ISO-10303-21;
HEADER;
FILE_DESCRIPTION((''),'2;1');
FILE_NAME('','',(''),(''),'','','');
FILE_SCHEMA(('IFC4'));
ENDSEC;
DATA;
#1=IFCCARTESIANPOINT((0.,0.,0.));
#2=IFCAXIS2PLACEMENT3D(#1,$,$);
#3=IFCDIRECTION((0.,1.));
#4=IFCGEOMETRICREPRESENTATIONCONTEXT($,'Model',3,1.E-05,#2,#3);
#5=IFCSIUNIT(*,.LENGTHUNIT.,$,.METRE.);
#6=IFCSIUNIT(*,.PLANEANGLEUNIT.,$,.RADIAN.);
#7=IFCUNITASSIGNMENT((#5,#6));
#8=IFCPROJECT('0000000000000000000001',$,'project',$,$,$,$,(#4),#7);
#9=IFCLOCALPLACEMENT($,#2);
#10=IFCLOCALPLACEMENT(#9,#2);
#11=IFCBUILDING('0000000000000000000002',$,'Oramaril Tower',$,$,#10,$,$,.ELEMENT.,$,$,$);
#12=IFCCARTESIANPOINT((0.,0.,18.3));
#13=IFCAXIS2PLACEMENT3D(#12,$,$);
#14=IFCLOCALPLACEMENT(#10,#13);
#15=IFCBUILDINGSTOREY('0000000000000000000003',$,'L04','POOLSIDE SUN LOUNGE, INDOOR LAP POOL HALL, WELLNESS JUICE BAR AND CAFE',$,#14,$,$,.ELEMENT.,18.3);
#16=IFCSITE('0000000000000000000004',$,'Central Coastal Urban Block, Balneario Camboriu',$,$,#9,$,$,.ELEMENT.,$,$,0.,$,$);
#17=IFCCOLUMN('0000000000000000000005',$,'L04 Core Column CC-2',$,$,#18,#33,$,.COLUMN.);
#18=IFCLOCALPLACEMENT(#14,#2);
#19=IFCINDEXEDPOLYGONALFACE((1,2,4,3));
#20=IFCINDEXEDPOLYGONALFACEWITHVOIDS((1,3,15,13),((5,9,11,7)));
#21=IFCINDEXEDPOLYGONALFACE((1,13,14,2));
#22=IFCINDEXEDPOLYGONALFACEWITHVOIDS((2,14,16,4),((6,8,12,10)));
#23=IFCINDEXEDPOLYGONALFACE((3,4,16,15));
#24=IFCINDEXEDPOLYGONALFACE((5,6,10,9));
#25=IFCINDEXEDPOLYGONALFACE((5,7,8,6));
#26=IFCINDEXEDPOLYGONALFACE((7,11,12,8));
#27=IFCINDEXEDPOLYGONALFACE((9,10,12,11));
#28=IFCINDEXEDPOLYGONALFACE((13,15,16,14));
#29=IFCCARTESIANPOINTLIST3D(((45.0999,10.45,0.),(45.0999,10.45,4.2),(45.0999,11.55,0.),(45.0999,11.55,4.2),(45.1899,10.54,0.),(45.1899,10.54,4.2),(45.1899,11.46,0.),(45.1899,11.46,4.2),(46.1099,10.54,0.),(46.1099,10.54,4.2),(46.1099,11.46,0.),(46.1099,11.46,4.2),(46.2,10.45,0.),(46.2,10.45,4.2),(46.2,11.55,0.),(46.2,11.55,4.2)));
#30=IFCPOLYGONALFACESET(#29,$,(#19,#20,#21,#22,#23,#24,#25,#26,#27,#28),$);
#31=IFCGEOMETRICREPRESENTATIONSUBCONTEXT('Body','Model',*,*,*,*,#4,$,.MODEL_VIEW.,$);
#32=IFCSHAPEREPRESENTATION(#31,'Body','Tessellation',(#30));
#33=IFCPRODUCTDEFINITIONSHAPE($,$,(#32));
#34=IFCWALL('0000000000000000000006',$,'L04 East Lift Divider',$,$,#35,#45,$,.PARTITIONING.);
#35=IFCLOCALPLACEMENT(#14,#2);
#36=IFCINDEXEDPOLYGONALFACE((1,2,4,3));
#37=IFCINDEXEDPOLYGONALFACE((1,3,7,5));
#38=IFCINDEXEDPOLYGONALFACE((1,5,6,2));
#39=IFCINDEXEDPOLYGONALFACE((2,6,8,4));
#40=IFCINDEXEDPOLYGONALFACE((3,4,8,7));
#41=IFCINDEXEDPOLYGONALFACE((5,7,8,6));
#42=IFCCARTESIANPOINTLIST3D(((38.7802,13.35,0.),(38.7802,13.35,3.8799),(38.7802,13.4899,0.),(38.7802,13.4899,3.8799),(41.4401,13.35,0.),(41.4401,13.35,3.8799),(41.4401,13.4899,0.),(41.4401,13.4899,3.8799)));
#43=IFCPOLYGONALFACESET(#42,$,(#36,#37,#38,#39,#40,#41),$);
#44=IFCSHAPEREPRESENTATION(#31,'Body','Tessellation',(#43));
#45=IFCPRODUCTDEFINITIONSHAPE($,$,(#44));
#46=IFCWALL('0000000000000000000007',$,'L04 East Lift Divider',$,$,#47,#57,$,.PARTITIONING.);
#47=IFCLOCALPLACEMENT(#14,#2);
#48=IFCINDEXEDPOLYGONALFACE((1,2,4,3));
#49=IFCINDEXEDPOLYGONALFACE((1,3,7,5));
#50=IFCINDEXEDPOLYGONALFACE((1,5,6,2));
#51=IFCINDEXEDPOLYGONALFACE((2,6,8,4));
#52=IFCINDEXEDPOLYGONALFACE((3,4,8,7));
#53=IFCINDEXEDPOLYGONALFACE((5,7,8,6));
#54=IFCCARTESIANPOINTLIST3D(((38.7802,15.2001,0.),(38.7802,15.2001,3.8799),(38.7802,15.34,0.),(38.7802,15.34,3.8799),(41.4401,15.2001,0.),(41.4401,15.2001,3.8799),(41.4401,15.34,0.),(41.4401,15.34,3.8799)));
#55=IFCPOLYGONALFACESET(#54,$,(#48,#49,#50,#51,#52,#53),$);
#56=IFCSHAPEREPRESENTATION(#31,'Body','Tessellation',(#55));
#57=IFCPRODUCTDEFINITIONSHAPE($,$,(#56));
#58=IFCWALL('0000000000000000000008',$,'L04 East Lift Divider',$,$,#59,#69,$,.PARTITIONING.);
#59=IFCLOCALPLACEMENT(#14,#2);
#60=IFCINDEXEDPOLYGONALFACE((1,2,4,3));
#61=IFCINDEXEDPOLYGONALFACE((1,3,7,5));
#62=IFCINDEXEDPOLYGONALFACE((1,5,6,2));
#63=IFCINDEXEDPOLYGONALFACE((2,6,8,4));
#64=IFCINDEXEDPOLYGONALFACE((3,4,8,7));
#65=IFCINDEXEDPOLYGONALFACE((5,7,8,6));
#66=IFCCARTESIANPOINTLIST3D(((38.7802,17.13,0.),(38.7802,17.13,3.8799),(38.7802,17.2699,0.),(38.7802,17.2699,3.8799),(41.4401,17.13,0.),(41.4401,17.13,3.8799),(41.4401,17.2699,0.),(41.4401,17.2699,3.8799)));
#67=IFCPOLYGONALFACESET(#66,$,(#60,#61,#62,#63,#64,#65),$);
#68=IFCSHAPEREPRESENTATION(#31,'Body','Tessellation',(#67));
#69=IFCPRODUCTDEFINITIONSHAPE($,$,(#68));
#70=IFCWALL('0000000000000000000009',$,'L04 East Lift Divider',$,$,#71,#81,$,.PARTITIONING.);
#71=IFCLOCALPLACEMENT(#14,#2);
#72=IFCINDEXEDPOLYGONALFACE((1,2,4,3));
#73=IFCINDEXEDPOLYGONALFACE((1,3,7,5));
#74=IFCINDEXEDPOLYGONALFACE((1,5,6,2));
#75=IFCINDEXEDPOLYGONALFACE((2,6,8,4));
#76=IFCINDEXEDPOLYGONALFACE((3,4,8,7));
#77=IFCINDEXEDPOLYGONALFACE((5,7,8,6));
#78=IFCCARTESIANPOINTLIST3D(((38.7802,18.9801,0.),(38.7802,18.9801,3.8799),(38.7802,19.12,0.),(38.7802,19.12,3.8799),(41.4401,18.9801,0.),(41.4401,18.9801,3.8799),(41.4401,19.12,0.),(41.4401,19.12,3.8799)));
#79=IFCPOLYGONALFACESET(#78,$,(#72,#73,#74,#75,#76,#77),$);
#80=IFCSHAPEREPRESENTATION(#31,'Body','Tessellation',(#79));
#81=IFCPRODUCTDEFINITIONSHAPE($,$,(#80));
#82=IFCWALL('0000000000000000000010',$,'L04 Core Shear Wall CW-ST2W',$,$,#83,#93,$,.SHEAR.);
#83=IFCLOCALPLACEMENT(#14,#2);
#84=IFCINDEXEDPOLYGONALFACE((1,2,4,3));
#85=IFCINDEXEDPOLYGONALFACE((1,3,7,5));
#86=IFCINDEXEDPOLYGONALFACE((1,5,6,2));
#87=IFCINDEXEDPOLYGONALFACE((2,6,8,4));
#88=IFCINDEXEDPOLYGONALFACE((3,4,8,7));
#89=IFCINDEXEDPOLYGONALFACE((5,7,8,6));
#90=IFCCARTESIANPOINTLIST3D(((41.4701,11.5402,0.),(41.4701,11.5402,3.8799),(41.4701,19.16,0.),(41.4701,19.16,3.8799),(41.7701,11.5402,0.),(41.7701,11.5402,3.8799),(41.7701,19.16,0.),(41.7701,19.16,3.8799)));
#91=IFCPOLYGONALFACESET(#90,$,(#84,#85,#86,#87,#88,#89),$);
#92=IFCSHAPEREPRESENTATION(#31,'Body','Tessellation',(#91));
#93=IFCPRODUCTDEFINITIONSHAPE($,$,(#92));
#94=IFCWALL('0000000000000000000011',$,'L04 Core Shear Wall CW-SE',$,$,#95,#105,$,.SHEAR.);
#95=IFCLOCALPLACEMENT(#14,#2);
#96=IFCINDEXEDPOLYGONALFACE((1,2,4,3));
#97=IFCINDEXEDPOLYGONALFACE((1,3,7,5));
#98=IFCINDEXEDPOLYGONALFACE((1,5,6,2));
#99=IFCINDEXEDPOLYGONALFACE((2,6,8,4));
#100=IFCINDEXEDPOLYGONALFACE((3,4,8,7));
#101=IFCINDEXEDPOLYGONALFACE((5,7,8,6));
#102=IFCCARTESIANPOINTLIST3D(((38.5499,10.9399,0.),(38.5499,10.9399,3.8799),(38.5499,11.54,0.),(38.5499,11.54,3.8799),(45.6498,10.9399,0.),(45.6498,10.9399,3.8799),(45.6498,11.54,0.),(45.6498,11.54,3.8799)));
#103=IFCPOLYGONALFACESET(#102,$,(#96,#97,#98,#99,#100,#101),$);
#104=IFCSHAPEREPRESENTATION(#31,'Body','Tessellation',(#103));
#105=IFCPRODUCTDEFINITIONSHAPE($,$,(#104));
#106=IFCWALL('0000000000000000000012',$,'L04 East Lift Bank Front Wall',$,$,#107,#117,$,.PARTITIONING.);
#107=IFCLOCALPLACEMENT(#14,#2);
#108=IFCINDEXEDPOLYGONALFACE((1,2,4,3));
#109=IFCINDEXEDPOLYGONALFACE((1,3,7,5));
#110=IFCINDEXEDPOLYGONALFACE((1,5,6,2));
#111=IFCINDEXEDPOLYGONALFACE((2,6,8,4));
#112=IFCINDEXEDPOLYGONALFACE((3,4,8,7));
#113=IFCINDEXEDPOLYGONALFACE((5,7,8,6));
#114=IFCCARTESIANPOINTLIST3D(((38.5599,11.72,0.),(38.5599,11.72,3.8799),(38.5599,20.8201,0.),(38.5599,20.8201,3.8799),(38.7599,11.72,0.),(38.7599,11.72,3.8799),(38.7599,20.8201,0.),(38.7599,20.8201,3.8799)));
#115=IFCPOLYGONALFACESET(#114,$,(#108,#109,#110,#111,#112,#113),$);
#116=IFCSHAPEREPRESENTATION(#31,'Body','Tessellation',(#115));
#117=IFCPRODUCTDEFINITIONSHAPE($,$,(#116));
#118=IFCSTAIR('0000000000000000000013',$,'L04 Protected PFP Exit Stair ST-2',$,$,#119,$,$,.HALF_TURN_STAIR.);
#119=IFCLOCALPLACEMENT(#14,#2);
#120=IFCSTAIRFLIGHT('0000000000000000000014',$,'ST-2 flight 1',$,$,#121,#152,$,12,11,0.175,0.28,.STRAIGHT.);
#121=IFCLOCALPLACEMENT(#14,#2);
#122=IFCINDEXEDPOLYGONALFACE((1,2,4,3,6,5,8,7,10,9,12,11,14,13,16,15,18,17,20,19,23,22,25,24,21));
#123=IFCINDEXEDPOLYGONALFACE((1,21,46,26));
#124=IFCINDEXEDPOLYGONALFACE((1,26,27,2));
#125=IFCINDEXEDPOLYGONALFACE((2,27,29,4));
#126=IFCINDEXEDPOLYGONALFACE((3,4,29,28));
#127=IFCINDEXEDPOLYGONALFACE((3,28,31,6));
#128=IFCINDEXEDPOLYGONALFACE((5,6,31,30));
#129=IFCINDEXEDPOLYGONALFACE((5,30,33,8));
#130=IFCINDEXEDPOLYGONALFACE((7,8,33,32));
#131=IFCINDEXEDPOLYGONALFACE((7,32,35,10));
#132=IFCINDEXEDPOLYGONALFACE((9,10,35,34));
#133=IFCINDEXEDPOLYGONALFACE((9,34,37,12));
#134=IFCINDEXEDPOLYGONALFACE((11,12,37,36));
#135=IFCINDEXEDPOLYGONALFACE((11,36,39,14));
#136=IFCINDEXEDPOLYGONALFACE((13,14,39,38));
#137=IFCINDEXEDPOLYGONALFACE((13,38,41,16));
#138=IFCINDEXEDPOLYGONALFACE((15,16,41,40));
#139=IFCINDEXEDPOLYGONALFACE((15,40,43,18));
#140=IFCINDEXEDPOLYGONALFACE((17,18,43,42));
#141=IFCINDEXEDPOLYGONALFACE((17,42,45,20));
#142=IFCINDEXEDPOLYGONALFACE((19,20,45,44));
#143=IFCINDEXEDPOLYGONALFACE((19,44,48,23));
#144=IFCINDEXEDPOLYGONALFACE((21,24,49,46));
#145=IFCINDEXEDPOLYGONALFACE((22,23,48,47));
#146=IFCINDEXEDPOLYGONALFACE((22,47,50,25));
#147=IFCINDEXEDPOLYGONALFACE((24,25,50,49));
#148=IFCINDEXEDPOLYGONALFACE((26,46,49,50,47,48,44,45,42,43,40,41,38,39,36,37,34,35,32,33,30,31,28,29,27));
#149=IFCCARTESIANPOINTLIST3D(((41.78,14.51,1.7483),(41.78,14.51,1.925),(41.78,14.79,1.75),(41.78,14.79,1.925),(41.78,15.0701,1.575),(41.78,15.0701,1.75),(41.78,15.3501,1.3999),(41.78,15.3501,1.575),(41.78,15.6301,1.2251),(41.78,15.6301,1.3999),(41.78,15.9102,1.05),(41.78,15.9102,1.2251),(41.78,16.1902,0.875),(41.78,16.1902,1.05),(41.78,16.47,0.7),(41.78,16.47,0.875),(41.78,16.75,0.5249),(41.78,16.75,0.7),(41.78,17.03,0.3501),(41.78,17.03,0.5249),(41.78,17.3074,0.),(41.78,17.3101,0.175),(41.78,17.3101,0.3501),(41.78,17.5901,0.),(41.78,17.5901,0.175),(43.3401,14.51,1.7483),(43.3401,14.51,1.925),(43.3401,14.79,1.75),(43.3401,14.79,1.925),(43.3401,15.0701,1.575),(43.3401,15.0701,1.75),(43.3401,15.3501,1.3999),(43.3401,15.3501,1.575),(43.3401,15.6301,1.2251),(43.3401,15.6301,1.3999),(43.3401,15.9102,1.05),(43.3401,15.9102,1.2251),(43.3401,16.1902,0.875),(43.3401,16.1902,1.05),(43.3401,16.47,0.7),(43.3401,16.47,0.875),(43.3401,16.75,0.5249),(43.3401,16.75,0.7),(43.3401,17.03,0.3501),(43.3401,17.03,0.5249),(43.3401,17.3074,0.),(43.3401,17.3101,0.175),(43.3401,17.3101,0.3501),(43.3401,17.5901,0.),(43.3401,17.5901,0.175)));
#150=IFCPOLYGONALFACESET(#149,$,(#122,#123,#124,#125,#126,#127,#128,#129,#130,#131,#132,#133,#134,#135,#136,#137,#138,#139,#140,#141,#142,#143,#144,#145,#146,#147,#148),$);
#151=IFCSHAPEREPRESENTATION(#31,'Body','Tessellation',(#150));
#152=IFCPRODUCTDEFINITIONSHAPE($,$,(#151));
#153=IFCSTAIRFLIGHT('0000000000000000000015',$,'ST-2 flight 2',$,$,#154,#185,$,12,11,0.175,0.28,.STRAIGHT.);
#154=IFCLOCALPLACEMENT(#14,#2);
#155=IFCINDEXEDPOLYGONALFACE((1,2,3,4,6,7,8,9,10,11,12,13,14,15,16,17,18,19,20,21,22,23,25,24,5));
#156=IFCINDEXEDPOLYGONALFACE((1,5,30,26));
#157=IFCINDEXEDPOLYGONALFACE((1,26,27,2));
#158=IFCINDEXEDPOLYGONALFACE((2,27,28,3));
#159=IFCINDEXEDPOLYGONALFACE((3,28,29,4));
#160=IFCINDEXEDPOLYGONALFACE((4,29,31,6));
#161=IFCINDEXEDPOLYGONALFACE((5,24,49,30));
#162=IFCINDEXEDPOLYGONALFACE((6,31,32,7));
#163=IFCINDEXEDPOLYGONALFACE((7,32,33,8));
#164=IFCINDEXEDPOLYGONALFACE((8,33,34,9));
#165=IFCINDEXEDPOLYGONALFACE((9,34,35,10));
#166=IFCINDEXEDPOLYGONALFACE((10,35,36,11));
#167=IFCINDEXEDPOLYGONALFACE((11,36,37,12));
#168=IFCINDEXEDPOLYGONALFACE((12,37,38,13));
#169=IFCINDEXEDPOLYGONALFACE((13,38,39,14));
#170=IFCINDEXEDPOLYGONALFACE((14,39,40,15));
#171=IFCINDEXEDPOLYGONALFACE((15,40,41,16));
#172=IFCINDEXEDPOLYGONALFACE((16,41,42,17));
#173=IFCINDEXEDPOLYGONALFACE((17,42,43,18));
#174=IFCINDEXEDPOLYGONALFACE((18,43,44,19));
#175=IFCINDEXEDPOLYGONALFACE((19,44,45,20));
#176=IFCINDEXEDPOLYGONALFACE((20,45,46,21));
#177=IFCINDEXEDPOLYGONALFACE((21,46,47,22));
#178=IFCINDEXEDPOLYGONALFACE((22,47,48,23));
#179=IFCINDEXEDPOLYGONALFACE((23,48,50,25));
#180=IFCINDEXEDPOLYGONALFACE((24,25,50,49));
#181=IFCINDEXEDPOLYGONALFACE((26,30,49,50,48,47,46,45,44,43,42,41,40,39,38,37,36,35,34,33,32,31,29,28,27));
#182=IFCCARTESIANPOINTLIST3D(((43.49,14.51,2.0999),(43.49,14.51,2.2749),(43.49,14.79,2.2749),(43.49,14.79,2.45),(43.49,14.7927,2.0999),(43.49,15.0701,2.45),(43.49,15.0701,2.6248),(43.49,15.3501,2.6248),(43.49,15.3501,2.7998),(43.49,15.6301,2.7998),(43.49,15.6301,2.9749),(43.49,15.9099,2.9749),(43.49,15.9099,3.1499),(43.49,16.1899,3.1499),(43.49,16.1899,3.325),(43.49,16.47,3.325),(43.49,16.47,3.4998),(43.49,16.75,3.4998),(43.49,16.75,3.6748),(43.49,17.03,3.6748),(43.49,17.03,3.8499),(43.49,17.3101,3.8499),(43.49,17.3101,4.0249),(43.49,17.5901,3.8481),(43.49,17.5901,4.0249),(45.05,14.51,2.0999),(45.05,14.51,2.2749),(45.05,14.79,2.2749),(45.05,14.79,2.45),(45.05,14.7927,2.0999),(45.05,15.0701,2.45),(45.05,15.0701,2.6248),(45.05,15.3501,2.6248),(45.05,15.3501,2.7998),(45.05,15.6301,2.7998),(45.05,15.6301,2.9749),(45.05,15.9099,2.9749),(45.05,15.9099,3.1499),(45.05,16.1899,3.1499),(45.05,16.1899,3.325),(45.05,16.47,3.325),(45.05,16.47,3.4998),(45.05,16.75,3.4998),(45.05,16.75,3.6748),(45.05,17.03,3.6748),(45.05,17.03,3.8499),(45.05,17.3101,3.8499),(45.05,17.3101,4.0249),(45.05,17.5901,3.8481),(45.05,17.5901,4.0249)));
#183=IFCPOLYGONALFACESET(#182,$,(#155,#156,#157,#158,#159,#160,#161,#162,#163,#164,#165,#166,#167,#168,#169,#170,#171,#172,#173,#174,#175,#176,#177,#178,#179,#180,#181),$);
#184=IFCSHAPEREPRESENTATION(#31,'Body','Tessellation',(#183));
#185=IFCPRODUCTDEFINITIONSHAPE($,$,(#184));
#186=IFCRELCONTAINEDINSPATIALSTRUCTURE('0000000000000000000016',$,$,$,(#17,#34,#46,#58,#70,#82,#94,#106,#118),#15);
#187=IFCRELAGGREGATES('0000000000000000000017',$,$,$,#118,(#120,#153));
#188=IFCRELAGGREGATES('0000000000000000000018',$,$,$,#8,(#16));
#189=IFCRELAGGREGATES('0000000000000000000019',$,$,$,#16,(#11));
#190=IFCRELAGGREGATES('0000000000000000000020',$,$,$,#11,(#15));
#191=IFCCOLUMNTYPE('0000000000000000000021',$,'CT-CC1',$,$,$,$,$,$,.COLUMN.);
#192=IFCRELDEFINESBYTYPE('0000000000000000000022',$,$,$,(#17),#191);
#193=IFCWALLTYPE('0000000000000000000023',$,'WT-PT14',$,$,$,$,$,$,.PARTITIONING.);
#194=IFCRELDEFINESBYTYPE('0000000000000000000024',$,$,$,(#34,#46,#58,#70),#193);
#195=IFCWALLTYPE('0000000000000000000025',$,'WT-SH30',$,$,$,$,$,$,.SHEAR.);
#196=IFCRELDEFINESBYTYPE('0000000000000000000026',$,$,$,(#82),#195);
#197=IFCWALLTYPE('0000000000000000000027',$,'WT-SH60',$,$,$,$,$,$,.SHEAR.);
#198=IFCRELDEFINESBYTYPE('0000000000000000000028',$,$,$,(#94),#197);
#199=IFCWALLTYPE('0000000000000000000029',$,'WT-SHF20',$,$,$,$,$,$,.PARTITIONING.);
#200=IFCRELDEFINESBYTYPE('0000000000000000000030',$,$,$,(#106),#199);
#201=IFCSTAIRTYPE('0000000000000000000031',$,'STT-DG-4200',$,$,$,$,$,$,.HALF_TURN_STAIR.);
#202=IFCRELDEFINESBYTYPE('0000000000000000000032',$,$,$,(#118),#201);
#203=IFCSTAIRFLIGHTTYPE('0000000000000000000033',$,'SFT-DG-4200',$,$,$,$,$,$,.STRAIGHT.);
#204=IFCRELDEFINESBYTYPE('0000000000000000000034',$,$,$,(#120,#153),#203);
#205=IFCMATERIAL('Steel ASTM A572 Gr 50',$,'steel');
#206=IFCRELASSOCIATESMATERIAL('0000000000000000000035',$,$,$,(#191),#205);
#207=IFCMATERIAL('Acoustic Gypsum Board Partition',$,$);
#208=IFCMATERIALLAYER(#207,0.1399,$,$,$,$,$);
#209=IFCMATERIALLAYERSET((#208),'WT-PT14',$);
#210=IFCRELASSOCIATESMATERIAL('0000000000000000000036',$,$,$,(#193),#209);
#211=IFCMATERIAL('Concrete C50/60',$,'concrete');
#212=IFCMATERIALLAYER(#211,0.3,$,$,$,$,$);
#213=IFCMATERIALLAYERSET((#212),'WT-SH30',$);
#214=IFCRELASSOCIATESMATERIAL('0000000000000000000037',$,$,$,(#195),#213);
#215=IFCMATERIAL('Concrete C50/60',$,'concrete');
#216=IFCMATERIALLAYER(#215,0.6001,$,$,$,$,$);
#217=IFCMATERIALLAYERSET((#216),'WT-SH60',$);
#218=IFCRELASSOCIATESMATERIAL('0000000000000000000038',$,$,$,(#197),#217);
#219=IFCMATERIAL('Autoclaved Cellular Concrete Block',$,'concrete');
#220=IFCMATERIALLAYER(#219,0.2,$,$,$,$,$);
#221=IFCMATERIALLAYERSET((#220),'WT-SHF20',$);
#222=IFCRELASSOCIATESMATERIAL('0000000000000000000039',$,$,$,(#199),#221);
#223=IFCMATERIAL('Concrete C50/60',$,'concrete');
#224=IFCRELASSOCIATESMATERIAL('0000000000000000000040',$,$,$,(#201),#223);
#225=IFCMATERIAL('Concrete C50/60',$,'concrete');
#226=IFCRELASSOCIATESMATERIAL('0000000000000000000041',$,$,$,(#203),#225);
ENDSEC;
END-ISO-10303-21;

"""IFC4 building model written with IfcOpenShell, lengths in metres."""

from ifc_helpers import new_model, si_unit, direction, frame, frame_2d, origin, origin_2d, place, context, subcontext, project, spatial, polyline, rectangle, hollow_rectangle, outline, extrude, material, layer, layer_set, material_profile, profile_set, type_object, element, aggregate, save


model = new_model("IFC4")

# Units and contexts
model_context = context("Model", 3, precision=1e-05, world=origin(), true_north=direction((0.0, 1.0)))
body_context = subcontext(model_context, "Body", "Model", "MODEL_VIEW")
ifc_project = project(units=[si_unit("LENGTHUNIT", "METRE"), si_unit("PLANEANGLEUNIT", "RADIAN")], contexts=[model_context])

# Site, building, storey
site_placement = place(None, origin())
site = spatial("IfcSite", under=ifc_project, at=site_placement, Name="Central Coastal Urban Block, Balneario Camboriu", CompositionType="ELEMENT", RefElevation=0.0)
building_placement = place(site_placement, origin())
building = spatial("IfcBuilding", under=site, at=building_placement, Name="Oramaril Tower", CompositionType="ELEMENT")
storey_placement = place(building_placement, frame((0.0, 0.0, 18.3)))
storey = spatial("IfcBuildingStorey", under=building, at=storey_placement, Name="L04", Description="POOLSIDE SUN LOUNGE, INDOOR LAP POOL HALL, WELLNESS JUICE BAR AND CAFE", CompositionType="ELEMENT", Elevation=18.3)

# Column
ifc_material_1 = material(Name="Steel ASTM A572 Gr 50", Category="steel")
ifc_material_profile = material_profile(ifc_material_1, hollow_rectangle(XDim=1.1001, YDim=1.1001, WallThickness=0.0901, at=origin_2d()), Name="BOX1100X1100X90")
ifc_profile_set = profile_set([ifc_material_profile], Name="Steel ASTM A572 Gr 50")
column_type = type_object("IfcColumnType", Name="CT-CC1", PredefinedType="COLUMN", material=ifc_profile_set)
column_placement = place(storey_placement, frame((45.6499, 11.0, 0.0), z_axis=(0.0, 0.0, 1.0), x_axis=(1.0, 0.0, 0.0)))
element("IfcColumn", 1, at=column_placement, inside=storey, type_object=column_type, Name="L04 Core Column CC-2", PredefinedType="COLUMN", context=body_context, shape_type="SweptSolid", body=[
    extrude(hollow_rectangle(XDim=1.1001, YDim=1.1001, WallThickness=0.0901, at=origin_2d()), origin(), (0.0, 0.0, 1.0), 4.2),
])

# Walls
ifc_material_2 = material(Name="Acoustic Gypsum Board Partition")
ifc_layer_1 = layer(ifc_material_2, 0.1399)
ifc_layer_set_1 = layer_set([ifc_layer_1], Name="WT-PT14")
wall_type_1 = type_object("IfcWallType", Name="WT-PT14", PredefinedType="PARTITIONING", material=ifc_layer_set_1)
for number, where, z_axis, x_axis, name in (
    (2, (38.78, 13.4199, 0.0), (0.0, 0.0, 1.0), (1.0, 0.0, 0.0), "L04 East Lift Divider"),
    (3, (38.78, 15.27, 0.0), (0.0, 0.0, 1.0), (1.0, 0.0, 0.0), "L04 East Lift Divider"),
    (4, (38.78, 17.2, 0.0), (0.0, 0.0, 1.0), (1.0, 0.0, 0.0), "L04 East Lift Divider"),
    (5, (38.78, 19.05, 0.0), (0.0, 0.0, 1.0), (1.0, 0.0, 0.0), "L04 East Lift Divider"),
):
    element("IfcWall", number, at=place(storey_placement, frame(where, z_axis=z_axis, x_axis=x_axis)), inside=storey, type_object=wall_type_1, Name=name, PredefinedType="PARTITIONING", context=body_context, shape_type="SweptSolid", body=[
        extrude(rectangle(XDim=2.6599, YDim=0.1399, at=frame_2d((1.3301, 0.0))), origin(), (0.0, 0.0, 1.0), 3.8799),
    ])

# Shared definitions
ifc_material_3 = material(Name="Concrete C50/60", Category="concrete")
ifc_layer_2 = layer(ifc_material_3, 0.3)
ifc_layer_set_2 = layer_set([ifc_layer_2], Name="WT-SH30")
wall_type_2 = type_object("IfcWallType", Name="WT-SH30", PredefinedType="SHEAR", material=ifc_layer_set_2)

# Walls
wall_1_placement = place(storey_placement, frame((41.6201, 11.54, 0.0), z_axis=(0.0, 0.0, 1.0), x_axis=(0.0, 1.0, 0.0)))
element("IfcWall", 6, at=wall_1_placement, inside=storey, type_object=wall_type_2, Name="L04 Core Shear Wall CW-ST2W", PredefinedType="SHEAR", context=body_context, shape_type="SweptSolid", body=[
    extrude(rectangle(XDim=7.6199, YDim=0.3, at=frame_2d((3.8101, 0.0))), origin(), (0.0, 0.0, 1.0), 3.8799),
])
ifc_material_4 = material(Name="Concrete C50/60", Category="concrete")
ifc_layer_3 = layer(ifc_material_4, 0.6001)
ifc_layer_set_3 = layer_set([ifc_layer_3], Name="WT-SH60")
wall_type_3 = type_object("IfcWallType", Name="WT-SH60", PredefinedType="SHEAR", material=ifc_layer_set_3)
wall_2_placement = place(storey_placement, frame((38.55, 11.24, 0.0), z_axis=(0.0, 0.0, 1.0), x_axis=(1.0, 0.0, 0.0)))
element("IfcWall", 7, at=wall_2_placement, inside=storey, type_object=wall_type_3, Name="L04 Core Shear Wall CW-SE", PredefinedType="SHEAR", context=body_context, shape_type="SweptSolid", body=[
    extrude(rectangle(XDim=7.0999, YDim=0.6001, at=frame_2d((3.5498, 0.0))), origin(), (0.0, 0.0, 1.0), 3.8799),
])

# Shared definitions
ifc_material_5 = material(Name="Autoclaved Cellular Concrete Block", Category="concrete")
ifc_layer_4 = layer(ifc_material_5, 0.2)
ifc_layer_set_4 = layer_set([ifc_layer_4], Name="WT-SHF20")
wall_type_4 = type_object("IfcWallType", Name="WT-SHF20", PredefinedType="PARTITIONING", material=ifc_layer_set_4)

# Wall
wall_3_placement = place(storey_placement, frame((38.6599, 11.72, 0.0), z_axis=(0.0, 0.0, 1.0), x_axis=(0.0, 1.0, 0.0)))
element("IfcWall", 8, at=wall_3_placement, inside=storey, type_object=wall_type_4, Name="L04 East Lift Bank Front Wall", PredefinedType="PARTITIONING", context=body_context, shape_type="SweptSolid", body=[
    extrude(rectangle(XDim=9.1001, YDim=0.2, at=frame_2d((4.55, 0.0))), origin(), (0.0, 0.0, 1.0), 3.8799),
])

# Stair, stair flights
ifc_material_6 = material(Name="Concrete C50/60", Category="concrete")
stair_type = type_object("IfcStairType", Name="STT-DG-4200", PredefinedType="HALF_TURN_STAIR", material=ifc_material_6)
stair_placement = place(storey_placement, origin())
stair = element("IfcStair", 9, at=stair_placement, inside=storey, type_object=stair_type, Name="L04 Protected PFP Exit Stair ST-2", PredefinedType="HALF_TURN_STAIR")
ifc_material_7 = material(Name="Concrete C50/60", Category="concrete")
stair_flight_type = type_object("IfcStairFlightType", Name="SFT-DG-4200", PredefinedType="STRAIGHT", material=ifc_material_7)
stair_flight_1_placement = place(storey_placement, frame((42.5601, 17.5901, 0.0), z_axis=(0.0, 0.0, 1.0), x_axis=(0.0, -1.0, 0.0)))
stair_flight_1 = element("IfcStairFlight", 10, at=stair_flight_1_placement, type_object=stair_flight_type, Name="ST-2 flight 1", NumberOfRisers=12, NumberOfTreads=11, PredefinedType="STRAIGHT", RiserHeight=0.175, TreadLength=0.28, context=body_context, shape_type="SweptSolid", body=[
    extrude(outline(polyline([(0.0, 0.0), (0.0, 0.175), (0.28, 0.175), (0.28, 0.3501), (0.5601, 0.3501), (0.5601, 0.5249), (0.8401, 0.5249), (0.8401, 0.7), (1.1201, 0.7), (1.1201, 0.875), (1.3999, 0.875), (1.3999, 1.05), (1.6799, 1.05), (1.6799, 1.2251), (1.96, 1.2251), (1.96, 1.3999), (2.24, 1.3999), (2.24, 1.575), (2.52, 1.575), (2.52, 1.75), (2.8, 1.75), (2.8, 1.925), (3.0801, 1.925), (3.0801, 2.1001), (3.0801, 1.7483), (0.2827, 0.0), (0.0, 0.0)])), frame((0.0, 0.78, 0.0), z_axis=(0.0, -1.0, 0.0), x_axis=(1.0, 0.0, 0.0)), (0.0, 0.0, 1.0), 1.5601),
])
stair_flight_2_placement = place(storey_placement, frame((44.27, 14.51, 2.0999), z_axis=(0.0, 0.0, 1.0), x_axis=(0.0, 1.0, 0.0)))
stair_flight_2 = element("IfcStairFlight", 11, at=stair_flight_2_placement, type_object=stair_flight_type, Name="ST-2 flight 2", NumberOfRisers=12, NumberOfTreads=11, PredefinedType="STRAIGHT", RiserHeight=0.175, TreadLength=0.28, context=body_context, shape_type="SweptSolid", body=[
    extrude(outline(polyline([(0.0, 0.0), (0.0, 0.175), (0.28, 0.175), (0.28, 0.3501), (0.5601, 0.3501), (0.5601, 0.5249), (0.8401, 0.5249), (0.8401, 0.7), (1.1201, 0.7), (1.1201, 0.875), (1.3999, 0.875), (1.3999, 1.05), (1.6799, 1.05), (1.6799, 1.2251), (1.96, 1.2251), (1.96, 1.3999), (2.24, 1.3999), (2.24, 1.575), (2.52, 1.575), (2.52, 1.75), (2.8, 1.75), (2.8, 1.925), (3.0801, 1.925), (3.0801, 2.1001), (3.0801, 1.7483), (0.2827, 0.0), (0.0, 0.0)])), frame((0.0, 0.78, 0.0), z_axis=(0.0, -1.0, 0.0), x_axis=(1.0, 0.0, 0.0)), (0.0, 0.0, 1.0), 1.5601),
])
aggregate(stair, [stair_flight_1, stair_flight_2])

save(model, "model.ifc")
